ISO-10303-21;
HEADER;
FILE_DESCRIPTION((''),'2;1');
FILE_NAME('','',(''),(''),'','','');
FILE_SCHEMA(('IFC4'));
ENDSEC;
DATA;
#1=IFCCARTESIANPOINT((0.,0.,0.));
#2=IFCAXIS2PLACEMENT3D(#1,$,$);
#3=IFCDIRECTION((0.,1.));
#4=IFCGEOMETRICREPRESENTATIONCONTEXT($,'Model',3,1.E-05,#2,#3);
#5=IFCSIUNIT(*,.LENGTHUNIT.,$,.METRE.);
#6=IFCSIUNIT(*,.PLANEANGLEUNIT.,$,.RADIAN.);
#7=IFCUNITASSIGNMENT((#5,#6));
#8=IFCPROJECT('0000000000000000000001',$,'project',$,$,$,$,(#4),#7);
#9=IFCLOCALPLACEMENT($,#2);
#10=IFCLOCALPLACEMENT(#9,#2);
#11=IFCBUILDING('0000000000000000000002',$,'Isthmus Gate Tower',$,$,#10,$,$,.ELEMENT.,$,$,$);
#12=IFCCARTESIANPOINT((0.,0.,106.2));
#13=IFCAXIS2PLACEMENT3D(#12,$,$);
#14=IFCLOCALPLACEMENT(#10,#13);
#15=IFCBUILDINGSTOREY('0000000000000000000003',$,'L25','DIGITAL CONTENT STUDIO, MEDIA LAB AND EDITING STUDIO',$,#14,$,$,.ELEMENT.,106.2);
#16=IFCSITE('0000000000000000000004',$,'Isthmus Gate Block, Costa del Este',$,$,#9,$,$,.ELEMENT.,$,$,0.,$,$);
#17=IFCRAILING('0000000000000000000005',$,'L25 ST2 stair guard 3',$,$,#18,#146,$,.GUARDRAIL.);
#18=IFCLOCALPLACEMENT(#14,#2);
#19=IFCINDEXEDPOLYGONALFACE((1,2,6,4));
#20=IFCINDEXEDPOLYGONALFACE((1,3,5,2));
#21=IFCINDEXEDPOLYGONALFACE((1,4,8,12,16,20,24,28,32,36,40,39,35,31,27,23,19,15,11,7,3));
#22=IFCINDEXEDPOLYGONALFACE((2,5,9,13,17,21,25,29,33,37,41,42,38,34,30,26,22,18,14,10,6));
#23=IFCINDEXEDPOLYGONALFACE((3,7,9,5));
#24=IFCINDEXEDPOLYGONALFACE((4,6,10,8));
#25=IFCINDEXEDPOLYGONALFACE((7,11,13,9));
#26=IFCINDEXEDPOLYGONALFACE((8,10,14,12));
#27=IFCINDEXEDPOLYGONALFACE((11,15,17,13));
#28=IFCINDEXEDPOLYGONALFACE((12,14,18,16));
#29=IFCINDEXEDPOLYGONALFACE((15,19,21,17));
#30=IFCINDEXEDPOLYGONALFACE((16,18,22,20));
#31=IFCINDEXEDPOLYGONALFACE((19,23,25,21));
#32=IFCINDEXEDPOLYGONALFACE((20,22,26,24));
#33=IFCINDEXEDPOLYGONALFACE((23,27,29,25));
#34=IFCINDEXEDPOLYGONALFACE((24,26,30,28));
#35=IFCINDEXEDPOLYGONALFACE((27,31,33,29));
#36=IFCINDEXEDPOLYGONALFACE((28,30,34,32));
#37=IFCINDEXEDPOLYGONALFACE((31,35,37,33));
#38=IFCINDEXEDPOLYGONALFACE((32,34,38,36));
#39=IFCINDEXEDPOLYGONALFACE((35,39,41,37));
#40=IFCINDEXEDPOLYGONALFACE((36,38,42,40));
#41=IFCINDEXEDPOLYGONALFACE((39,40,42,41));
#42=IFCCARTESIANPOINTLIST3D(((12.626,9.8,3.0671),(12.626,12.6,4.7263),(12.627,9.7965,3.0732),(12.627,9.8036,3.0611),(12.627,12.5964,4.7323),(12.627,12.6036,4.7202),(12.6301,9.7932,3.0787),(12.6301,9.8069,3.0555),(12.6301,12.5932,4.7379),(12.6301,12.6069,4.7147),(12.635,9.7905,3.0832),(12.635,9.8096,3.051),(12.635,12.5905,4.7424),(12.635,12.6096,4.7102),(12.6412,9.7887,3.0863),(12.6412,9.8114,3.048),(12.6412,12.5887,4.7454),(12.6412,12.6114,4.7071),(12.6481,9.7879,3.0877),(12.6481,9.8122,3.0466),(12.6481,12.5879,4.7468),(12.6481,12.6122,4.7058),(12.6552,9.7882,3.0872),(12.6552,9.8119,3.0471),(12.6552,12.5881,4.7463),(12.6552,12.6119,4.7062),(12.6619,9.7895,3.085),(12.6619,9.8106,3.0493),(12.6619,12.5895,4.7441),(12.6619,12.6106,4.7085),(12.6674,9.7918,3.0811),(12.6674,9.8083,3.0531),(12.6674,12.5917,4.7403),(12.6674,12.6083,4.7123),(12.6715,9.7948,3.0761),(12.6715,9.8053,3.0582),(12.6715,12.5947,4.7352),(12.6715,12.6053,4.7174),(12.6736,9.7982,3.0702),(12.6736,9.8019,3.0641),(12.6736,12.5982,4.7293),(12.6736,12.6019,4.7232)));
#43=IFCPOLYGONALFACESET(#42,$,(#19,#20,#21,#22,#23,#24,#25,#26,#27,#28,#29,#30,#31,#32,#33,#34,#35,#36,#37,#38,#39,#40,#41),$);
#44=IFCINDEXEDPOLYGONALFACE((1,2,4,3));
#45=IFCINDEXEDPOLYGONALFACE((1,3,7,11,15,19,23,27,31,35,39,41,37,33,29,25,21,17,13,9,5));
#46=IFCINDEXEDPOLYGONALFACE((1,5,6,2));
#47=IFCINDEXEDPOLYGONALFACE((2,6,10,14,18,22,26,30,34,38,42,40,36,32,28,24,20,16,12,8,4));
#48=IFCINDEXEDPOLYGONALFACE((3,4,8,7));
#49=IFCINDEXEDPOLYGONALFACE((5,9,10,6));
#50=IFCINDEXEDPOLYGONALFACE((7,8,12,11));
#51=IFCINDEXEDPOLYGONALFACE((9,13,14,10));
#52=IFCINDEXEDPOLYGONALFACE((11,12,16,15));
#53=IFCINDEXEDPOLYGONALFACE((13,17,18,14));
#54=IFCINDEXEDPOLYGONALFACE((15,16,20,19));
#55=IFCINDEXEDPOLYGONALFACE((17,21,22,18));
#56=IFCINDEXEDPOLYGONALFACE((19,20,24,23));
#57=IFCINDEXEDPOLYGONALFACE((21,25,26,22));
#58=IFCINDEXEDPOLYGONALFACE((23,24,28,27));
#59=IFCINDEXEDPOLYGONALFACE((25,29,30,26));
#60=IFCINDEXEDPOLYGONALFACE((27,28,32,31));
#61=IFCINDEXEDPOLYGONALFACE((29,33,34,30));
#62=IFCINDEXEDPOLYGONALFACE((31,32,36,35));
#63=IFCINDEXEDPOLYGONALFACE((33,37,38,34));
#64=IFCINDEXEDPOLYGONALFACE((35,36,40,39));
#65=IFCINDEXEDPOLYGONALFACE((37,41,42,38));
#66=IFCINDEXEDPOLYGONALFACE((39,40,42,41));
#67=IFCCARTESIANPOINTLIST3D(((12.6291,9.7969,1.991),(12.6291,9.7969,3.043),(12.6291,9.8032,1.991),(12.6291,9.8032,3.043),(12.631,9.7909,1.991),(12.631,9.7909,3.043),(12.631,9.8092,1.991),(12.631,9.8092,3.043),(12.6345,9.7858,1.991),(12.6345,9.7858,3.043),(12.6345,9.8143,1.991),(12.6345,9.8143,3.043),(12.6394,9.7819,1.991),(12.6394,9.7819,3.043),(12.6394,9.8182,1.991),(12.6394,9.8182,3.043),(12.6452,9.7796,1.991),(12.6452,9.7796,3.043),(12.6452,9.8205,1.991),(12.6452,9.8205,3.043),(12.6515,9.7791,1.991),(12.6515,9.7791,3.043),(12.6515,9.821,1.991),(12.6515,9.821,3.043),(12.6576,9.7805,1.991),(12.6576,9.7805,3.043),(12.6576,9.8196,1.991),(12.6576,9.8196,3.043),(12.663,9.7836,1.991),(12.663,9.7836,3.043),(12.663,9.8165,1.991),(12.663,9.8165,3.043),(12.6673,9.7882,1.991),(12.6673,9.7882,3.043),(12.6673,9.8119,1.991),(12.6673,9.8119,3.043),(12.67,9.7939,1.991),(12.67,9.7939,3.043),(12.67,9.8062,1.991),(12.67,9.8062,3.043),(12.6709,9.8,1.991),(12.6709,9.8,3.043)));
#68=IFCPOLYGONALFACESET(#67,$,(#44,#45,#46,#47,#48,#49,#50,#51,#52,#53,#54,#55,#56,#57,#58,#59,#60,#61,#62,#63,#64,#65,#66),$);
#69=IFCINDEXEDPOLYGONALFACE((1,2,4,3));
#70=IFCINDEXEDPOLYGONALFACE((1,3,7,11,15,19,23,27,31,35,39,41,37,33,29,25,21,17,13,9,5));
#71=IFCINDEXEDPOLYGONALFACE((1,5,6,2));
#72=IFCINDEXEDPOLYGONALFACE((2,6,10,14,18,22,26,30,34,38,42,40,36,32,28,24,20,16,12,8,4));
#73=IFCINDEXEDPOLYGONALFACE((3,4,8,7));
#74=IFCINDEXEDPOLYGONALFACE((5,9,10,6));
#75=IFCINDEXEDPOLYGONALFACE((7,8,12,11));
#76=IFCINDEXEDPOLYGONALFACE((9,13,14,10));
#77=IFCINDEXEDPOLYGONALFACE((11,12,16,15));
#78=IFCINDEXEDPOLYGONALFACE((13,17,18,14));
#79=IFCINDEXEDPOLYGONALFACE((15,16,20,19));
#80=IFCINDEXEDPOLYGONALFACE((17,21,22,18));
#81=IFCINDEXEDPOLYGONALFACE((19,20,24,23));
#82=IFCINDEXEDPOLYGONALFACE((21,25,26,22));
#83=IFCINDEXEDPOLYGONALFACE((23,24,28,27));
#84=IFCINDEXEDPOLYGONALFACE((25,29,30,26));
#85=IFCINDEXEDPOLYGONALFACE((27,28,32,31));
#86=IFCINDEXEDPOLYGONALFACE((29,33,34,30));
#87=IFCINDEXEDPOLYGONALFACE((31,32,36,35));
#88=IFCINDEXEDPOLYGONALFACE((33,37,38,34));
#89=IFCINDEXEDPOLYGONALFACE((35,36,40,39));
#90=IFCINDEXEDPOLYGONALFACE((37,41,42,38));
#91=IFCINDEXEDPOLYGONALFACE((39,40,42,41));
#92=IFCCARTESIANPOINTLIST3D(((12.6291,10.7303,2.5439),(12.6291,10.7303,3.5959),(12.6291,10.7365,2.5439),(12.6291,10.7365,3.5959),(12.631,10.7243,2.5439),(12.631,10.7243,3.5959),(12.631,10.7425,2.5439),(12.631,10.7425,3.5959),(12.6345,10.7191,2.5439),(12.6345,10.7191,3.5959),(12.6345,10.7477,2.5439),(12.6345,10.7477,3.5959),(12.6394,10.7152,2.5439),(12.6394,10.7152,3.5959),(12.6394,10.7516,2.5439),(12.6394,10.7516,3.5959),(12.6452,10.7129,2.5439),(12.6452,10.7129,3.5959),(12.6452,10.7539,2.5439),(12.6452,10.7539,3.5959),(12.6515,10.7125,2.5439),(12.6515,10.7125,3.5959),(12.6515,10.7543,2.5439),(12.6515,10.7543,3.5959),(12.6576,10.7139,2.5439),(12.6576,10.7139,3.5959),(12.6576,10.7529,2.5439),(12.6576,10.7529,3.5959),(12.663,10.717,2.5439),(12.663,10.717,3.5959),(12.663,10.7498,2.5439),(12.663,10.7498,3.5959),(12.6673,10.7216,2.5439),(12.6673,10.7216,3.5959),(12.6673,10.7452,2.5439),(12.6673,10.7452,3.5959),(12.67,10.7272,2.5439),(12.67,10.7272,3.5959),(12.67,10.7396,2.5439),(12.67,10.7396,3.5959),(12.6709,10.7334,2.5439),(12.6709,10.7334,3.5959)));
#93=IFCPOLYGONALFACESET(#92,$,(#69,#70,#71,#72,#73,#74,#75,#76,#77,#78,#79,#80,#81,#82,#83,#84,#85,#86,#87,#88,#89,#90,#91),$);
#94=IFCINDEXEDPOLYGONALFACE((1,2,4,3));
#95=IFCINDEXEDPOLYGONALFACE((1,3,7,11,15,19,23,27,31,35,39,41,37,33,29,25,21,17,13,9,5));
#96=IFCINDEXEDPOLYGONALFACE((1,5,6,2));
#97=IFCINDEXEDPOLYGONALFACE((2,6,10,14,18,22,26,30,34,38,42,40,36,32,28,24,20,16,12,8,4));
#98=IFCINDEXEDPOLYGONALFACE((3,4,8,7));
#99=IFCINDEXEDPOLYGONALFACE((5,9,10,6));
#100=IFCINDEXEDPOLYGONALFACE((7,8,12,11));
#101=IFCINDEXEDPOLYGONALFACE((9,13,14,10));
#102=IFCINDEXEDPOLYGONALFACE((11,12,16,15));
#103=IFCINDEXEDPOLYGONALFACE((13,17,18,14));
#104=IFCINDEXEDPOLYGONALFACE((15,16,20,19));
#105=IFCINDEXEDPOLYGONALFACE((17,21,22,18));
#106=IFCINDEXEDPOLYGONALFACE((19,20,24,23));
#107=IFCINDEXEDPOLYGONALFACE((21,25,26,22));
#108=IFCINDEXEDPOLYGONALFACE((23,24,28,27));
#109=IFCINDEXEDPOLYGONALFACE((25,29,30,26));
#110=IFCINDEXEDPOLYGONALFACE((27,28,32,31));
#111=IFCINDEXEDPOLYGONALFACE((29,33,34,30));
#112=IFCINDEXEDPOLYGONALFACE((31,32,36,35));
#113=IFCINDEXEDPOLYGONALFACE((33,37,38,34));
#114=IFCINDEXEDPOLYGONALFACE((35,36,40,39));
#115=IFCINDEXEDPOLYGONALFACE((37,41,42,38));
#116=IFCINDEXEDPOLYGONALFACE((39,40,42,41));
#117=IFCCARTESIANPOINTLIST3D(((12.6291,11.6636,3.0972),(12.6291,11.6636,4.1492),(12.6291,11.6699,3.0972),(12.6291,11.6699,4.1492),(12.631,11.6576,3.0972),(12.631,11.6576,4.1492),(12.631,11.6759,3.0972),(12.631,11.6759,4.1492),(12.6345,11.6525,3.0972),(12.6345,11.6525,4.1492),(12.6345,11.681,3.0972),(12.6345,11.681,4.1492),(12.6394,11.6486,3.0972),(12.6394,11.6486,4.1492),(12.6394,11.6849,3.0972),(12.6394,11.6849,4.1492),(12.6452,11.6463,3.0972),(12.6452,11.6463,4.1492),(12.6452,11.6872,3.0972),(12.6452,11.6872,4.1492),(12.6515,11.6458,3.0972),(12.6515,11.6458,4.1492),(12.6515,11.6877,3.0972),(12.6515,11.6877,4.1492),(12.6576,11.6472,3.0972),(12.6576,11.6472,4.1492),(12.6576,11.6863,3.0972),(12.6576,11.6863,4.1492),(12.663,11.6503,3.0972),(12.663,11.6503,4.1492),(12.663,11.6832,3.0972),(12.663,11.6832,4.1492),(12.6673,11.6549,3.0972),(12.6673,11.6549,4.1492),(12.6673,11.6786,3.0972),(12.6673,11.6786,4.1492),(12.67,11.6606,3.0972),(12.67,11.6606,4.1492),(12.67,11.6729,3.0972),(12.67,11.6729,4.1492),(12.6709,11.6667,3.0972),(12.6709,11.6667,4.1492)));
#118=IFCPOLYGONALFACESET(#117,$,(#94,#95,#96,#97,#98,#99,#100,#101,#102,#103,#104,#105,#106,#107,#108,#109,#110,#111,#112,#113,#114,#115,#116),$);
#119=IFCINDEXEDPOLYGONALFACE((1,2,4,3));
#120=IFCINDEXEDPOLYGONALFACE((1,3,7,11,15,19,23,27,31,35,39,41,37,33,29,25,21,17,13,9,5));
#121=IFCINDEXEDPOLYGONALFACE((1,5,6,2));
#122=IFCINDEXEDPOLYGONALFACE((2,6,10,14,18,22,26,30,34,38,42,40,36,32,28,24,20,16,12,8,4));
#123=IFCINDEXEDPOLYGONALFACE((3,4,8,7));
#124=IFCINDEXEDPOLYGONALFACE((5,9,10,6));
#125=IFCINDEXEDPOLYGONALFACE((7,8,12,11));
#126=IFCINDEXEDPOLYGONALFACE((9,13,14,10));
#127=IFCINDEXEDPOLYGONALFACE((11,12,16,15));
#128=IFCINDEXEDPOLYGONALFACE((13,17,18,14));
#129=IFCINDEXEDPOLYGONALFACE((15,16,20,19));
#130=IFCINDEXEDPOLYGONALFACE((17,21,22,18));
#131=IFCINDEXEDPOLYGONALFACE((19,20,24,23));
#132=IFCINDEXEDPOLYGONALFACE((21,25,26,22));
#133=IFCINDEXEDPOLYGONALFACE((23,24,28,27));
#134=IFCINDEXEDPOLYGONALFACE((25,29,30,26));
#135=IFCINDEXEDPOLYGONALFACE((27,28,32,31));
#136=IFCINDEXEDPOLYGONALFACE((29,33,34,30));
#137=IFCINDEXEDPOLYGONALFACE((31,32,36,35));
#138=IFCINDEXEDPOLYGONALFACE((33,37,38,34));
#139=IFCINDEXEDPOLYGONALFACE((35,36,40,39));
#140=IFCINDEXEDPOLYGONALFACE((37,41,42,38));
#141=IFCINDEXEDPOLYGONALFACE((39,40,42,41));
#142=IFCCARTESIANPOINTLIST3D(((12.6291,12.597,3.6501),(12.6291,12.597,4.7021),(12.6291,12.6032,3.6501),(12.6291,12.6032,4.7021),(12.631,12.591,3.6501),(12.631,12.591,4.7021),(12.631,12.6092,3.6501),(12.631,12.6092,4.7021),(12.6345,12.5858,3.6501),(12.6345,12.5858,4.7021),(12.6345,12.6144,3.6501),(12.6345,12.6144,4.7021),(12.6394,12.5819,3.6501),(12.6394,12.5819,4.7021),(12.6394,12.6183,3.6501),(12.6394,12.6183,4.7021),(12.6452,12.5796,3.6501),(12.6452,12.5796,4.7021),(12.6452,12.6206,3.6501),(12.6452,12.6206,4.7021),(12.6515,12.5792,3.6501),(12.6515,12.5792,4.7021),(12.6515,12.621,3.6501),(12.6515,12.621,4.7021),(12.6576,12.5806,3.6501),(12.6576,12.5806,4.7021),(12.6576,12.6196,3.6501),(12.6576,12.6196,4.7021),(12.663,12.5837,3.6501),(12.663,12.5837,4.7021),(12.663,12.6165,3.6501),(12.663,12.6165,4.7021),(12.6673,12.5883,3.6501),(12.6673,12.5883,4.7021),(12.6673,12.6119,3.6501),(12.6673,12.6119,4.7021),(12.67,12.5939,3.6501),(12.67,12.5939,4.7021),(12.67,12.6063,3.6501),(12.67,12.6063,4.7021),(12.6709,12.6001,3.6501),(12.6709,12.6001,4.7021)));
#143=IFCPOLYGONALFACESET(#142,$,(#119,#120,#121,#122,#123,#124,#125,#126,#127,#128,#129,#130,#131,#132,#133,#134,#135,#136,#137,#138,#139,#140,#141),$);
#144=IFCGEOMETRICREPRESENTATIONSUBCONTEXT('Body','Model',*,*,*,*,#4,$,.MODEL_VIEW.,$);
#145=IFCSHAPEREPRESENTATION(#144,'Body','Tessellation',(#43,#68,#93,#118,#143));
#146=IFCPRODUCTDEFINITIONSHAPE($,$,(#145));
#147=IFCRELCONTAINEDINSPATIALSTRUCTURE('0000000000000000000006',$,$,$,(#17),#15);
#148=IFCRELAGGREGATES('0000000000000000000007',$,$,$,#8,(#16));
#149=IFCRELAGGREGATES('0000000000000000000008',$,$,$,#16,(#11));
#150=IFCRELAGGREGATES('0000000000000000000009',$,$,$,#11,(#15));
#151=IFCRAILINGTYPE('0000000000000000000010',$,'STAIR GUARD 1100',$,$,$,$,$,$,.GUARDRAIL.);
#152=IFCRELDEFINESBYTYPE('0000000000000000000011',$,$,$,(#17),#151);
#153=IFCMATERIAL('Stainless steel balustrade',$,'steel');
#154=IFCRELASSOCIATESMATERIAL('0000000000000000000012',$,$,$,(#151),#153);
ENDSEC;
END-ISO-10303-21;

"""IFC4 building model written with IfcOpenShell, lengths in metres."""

from ifc_helpers import new_model, si_unit, direction, frame, origin, origin_2d, place, context, subcontext, project, spatial, circle, extrude, material, type_object, element, save


model = new_model("IFC4")

# Units and contexts
model_context = context("Model", 3, precision=1e-05, world=origin(), true_north=direction((0.0, 1.0)))
body_context = subcontext(model_context, "Body", "Model", "MODEL_VIEW")
ifc_project = project(units=[si_unit("LENGTHUNIT", "METRE"), si_unit("PLANEANGLEUNIT", "RADIAN")], contexts=[model_context])

# Site, building, storey
site_placement = place(None, origin())
site = spatial("IfcSite", under=ifc_project, at=site_placement, Name="Isthmus Gate Block, Costa del Este", CompositionType="ELEMENT", RefElevation=0.0)
building_placement = place(site_placement, origin())
building = spatial("IfcBuilding", under=site, at=building_placement, Name="Isthmus Gate Tower", CompositionType="ELEMENT")
storey_placement = place(building_placement, frame((0.0, 0.0, 106.2)))
storey = spatial("IfcBuildingStorey", under=building, at=storey_placement, Name="L25", Description="DIGITAL CONTENT STUDIO, MEDIA LAB AND EDITING STUDIO", CompositionType="ELEMENT", Elevation=106.2)

# Railing
ifc_material_1 = material(Name="Stainless steel balustrade", Category="steel")
railing_type_1 = type_object("IfcRailingType", Name="STAIR GUARD 1100", PredefinedType="GUARDRAIL", material=ifc_material_1)
railing_1_placement = place(storey_placement, frame((12.6499, 9.8, 1.991)))
element("IfcRailing", 1, at=railing_1_placement, inside=storey, type_object=railing_type_1, Name="L25 ST2 stair guard 3", PredefinedType="GUARDRAIL", context=body_context, shape_type="SweptSolid", body=[
    extrude(circle(Radius=0.0239, at=origin_2d()), frame((0.0, 0.0, 1.0762), z_axis=(0.0, 0.860306, 0.509778), x_axis=(-1.0, 0.0, 0.0)), (0.0, 0.0, 1.0), 3.2546),
    extrude(circle(Radius=0.021, at=origin_2d()), origin(), (0.0, 0.0, 1.0), 1.052),
    extrude(circle(Radius=0.021, at=origin_2d()), frame((0.0, 0.9333, 0.553)), (0.0, 0.0, 1.0), 1.052),
    extrude(circle(Radius=0.021, at=origin_2d()), frame((0.0, 1.8667, 1.1062)), (0.0, 0.0, 1.0), 1.052),
    extrude(circle(Radius=0.021, at=origin_2d()), frame((0.0, 2.8, 1.6592)), (0.0, 0.0, 1.0), 1.052),
])

save(model, "model.ifc")
